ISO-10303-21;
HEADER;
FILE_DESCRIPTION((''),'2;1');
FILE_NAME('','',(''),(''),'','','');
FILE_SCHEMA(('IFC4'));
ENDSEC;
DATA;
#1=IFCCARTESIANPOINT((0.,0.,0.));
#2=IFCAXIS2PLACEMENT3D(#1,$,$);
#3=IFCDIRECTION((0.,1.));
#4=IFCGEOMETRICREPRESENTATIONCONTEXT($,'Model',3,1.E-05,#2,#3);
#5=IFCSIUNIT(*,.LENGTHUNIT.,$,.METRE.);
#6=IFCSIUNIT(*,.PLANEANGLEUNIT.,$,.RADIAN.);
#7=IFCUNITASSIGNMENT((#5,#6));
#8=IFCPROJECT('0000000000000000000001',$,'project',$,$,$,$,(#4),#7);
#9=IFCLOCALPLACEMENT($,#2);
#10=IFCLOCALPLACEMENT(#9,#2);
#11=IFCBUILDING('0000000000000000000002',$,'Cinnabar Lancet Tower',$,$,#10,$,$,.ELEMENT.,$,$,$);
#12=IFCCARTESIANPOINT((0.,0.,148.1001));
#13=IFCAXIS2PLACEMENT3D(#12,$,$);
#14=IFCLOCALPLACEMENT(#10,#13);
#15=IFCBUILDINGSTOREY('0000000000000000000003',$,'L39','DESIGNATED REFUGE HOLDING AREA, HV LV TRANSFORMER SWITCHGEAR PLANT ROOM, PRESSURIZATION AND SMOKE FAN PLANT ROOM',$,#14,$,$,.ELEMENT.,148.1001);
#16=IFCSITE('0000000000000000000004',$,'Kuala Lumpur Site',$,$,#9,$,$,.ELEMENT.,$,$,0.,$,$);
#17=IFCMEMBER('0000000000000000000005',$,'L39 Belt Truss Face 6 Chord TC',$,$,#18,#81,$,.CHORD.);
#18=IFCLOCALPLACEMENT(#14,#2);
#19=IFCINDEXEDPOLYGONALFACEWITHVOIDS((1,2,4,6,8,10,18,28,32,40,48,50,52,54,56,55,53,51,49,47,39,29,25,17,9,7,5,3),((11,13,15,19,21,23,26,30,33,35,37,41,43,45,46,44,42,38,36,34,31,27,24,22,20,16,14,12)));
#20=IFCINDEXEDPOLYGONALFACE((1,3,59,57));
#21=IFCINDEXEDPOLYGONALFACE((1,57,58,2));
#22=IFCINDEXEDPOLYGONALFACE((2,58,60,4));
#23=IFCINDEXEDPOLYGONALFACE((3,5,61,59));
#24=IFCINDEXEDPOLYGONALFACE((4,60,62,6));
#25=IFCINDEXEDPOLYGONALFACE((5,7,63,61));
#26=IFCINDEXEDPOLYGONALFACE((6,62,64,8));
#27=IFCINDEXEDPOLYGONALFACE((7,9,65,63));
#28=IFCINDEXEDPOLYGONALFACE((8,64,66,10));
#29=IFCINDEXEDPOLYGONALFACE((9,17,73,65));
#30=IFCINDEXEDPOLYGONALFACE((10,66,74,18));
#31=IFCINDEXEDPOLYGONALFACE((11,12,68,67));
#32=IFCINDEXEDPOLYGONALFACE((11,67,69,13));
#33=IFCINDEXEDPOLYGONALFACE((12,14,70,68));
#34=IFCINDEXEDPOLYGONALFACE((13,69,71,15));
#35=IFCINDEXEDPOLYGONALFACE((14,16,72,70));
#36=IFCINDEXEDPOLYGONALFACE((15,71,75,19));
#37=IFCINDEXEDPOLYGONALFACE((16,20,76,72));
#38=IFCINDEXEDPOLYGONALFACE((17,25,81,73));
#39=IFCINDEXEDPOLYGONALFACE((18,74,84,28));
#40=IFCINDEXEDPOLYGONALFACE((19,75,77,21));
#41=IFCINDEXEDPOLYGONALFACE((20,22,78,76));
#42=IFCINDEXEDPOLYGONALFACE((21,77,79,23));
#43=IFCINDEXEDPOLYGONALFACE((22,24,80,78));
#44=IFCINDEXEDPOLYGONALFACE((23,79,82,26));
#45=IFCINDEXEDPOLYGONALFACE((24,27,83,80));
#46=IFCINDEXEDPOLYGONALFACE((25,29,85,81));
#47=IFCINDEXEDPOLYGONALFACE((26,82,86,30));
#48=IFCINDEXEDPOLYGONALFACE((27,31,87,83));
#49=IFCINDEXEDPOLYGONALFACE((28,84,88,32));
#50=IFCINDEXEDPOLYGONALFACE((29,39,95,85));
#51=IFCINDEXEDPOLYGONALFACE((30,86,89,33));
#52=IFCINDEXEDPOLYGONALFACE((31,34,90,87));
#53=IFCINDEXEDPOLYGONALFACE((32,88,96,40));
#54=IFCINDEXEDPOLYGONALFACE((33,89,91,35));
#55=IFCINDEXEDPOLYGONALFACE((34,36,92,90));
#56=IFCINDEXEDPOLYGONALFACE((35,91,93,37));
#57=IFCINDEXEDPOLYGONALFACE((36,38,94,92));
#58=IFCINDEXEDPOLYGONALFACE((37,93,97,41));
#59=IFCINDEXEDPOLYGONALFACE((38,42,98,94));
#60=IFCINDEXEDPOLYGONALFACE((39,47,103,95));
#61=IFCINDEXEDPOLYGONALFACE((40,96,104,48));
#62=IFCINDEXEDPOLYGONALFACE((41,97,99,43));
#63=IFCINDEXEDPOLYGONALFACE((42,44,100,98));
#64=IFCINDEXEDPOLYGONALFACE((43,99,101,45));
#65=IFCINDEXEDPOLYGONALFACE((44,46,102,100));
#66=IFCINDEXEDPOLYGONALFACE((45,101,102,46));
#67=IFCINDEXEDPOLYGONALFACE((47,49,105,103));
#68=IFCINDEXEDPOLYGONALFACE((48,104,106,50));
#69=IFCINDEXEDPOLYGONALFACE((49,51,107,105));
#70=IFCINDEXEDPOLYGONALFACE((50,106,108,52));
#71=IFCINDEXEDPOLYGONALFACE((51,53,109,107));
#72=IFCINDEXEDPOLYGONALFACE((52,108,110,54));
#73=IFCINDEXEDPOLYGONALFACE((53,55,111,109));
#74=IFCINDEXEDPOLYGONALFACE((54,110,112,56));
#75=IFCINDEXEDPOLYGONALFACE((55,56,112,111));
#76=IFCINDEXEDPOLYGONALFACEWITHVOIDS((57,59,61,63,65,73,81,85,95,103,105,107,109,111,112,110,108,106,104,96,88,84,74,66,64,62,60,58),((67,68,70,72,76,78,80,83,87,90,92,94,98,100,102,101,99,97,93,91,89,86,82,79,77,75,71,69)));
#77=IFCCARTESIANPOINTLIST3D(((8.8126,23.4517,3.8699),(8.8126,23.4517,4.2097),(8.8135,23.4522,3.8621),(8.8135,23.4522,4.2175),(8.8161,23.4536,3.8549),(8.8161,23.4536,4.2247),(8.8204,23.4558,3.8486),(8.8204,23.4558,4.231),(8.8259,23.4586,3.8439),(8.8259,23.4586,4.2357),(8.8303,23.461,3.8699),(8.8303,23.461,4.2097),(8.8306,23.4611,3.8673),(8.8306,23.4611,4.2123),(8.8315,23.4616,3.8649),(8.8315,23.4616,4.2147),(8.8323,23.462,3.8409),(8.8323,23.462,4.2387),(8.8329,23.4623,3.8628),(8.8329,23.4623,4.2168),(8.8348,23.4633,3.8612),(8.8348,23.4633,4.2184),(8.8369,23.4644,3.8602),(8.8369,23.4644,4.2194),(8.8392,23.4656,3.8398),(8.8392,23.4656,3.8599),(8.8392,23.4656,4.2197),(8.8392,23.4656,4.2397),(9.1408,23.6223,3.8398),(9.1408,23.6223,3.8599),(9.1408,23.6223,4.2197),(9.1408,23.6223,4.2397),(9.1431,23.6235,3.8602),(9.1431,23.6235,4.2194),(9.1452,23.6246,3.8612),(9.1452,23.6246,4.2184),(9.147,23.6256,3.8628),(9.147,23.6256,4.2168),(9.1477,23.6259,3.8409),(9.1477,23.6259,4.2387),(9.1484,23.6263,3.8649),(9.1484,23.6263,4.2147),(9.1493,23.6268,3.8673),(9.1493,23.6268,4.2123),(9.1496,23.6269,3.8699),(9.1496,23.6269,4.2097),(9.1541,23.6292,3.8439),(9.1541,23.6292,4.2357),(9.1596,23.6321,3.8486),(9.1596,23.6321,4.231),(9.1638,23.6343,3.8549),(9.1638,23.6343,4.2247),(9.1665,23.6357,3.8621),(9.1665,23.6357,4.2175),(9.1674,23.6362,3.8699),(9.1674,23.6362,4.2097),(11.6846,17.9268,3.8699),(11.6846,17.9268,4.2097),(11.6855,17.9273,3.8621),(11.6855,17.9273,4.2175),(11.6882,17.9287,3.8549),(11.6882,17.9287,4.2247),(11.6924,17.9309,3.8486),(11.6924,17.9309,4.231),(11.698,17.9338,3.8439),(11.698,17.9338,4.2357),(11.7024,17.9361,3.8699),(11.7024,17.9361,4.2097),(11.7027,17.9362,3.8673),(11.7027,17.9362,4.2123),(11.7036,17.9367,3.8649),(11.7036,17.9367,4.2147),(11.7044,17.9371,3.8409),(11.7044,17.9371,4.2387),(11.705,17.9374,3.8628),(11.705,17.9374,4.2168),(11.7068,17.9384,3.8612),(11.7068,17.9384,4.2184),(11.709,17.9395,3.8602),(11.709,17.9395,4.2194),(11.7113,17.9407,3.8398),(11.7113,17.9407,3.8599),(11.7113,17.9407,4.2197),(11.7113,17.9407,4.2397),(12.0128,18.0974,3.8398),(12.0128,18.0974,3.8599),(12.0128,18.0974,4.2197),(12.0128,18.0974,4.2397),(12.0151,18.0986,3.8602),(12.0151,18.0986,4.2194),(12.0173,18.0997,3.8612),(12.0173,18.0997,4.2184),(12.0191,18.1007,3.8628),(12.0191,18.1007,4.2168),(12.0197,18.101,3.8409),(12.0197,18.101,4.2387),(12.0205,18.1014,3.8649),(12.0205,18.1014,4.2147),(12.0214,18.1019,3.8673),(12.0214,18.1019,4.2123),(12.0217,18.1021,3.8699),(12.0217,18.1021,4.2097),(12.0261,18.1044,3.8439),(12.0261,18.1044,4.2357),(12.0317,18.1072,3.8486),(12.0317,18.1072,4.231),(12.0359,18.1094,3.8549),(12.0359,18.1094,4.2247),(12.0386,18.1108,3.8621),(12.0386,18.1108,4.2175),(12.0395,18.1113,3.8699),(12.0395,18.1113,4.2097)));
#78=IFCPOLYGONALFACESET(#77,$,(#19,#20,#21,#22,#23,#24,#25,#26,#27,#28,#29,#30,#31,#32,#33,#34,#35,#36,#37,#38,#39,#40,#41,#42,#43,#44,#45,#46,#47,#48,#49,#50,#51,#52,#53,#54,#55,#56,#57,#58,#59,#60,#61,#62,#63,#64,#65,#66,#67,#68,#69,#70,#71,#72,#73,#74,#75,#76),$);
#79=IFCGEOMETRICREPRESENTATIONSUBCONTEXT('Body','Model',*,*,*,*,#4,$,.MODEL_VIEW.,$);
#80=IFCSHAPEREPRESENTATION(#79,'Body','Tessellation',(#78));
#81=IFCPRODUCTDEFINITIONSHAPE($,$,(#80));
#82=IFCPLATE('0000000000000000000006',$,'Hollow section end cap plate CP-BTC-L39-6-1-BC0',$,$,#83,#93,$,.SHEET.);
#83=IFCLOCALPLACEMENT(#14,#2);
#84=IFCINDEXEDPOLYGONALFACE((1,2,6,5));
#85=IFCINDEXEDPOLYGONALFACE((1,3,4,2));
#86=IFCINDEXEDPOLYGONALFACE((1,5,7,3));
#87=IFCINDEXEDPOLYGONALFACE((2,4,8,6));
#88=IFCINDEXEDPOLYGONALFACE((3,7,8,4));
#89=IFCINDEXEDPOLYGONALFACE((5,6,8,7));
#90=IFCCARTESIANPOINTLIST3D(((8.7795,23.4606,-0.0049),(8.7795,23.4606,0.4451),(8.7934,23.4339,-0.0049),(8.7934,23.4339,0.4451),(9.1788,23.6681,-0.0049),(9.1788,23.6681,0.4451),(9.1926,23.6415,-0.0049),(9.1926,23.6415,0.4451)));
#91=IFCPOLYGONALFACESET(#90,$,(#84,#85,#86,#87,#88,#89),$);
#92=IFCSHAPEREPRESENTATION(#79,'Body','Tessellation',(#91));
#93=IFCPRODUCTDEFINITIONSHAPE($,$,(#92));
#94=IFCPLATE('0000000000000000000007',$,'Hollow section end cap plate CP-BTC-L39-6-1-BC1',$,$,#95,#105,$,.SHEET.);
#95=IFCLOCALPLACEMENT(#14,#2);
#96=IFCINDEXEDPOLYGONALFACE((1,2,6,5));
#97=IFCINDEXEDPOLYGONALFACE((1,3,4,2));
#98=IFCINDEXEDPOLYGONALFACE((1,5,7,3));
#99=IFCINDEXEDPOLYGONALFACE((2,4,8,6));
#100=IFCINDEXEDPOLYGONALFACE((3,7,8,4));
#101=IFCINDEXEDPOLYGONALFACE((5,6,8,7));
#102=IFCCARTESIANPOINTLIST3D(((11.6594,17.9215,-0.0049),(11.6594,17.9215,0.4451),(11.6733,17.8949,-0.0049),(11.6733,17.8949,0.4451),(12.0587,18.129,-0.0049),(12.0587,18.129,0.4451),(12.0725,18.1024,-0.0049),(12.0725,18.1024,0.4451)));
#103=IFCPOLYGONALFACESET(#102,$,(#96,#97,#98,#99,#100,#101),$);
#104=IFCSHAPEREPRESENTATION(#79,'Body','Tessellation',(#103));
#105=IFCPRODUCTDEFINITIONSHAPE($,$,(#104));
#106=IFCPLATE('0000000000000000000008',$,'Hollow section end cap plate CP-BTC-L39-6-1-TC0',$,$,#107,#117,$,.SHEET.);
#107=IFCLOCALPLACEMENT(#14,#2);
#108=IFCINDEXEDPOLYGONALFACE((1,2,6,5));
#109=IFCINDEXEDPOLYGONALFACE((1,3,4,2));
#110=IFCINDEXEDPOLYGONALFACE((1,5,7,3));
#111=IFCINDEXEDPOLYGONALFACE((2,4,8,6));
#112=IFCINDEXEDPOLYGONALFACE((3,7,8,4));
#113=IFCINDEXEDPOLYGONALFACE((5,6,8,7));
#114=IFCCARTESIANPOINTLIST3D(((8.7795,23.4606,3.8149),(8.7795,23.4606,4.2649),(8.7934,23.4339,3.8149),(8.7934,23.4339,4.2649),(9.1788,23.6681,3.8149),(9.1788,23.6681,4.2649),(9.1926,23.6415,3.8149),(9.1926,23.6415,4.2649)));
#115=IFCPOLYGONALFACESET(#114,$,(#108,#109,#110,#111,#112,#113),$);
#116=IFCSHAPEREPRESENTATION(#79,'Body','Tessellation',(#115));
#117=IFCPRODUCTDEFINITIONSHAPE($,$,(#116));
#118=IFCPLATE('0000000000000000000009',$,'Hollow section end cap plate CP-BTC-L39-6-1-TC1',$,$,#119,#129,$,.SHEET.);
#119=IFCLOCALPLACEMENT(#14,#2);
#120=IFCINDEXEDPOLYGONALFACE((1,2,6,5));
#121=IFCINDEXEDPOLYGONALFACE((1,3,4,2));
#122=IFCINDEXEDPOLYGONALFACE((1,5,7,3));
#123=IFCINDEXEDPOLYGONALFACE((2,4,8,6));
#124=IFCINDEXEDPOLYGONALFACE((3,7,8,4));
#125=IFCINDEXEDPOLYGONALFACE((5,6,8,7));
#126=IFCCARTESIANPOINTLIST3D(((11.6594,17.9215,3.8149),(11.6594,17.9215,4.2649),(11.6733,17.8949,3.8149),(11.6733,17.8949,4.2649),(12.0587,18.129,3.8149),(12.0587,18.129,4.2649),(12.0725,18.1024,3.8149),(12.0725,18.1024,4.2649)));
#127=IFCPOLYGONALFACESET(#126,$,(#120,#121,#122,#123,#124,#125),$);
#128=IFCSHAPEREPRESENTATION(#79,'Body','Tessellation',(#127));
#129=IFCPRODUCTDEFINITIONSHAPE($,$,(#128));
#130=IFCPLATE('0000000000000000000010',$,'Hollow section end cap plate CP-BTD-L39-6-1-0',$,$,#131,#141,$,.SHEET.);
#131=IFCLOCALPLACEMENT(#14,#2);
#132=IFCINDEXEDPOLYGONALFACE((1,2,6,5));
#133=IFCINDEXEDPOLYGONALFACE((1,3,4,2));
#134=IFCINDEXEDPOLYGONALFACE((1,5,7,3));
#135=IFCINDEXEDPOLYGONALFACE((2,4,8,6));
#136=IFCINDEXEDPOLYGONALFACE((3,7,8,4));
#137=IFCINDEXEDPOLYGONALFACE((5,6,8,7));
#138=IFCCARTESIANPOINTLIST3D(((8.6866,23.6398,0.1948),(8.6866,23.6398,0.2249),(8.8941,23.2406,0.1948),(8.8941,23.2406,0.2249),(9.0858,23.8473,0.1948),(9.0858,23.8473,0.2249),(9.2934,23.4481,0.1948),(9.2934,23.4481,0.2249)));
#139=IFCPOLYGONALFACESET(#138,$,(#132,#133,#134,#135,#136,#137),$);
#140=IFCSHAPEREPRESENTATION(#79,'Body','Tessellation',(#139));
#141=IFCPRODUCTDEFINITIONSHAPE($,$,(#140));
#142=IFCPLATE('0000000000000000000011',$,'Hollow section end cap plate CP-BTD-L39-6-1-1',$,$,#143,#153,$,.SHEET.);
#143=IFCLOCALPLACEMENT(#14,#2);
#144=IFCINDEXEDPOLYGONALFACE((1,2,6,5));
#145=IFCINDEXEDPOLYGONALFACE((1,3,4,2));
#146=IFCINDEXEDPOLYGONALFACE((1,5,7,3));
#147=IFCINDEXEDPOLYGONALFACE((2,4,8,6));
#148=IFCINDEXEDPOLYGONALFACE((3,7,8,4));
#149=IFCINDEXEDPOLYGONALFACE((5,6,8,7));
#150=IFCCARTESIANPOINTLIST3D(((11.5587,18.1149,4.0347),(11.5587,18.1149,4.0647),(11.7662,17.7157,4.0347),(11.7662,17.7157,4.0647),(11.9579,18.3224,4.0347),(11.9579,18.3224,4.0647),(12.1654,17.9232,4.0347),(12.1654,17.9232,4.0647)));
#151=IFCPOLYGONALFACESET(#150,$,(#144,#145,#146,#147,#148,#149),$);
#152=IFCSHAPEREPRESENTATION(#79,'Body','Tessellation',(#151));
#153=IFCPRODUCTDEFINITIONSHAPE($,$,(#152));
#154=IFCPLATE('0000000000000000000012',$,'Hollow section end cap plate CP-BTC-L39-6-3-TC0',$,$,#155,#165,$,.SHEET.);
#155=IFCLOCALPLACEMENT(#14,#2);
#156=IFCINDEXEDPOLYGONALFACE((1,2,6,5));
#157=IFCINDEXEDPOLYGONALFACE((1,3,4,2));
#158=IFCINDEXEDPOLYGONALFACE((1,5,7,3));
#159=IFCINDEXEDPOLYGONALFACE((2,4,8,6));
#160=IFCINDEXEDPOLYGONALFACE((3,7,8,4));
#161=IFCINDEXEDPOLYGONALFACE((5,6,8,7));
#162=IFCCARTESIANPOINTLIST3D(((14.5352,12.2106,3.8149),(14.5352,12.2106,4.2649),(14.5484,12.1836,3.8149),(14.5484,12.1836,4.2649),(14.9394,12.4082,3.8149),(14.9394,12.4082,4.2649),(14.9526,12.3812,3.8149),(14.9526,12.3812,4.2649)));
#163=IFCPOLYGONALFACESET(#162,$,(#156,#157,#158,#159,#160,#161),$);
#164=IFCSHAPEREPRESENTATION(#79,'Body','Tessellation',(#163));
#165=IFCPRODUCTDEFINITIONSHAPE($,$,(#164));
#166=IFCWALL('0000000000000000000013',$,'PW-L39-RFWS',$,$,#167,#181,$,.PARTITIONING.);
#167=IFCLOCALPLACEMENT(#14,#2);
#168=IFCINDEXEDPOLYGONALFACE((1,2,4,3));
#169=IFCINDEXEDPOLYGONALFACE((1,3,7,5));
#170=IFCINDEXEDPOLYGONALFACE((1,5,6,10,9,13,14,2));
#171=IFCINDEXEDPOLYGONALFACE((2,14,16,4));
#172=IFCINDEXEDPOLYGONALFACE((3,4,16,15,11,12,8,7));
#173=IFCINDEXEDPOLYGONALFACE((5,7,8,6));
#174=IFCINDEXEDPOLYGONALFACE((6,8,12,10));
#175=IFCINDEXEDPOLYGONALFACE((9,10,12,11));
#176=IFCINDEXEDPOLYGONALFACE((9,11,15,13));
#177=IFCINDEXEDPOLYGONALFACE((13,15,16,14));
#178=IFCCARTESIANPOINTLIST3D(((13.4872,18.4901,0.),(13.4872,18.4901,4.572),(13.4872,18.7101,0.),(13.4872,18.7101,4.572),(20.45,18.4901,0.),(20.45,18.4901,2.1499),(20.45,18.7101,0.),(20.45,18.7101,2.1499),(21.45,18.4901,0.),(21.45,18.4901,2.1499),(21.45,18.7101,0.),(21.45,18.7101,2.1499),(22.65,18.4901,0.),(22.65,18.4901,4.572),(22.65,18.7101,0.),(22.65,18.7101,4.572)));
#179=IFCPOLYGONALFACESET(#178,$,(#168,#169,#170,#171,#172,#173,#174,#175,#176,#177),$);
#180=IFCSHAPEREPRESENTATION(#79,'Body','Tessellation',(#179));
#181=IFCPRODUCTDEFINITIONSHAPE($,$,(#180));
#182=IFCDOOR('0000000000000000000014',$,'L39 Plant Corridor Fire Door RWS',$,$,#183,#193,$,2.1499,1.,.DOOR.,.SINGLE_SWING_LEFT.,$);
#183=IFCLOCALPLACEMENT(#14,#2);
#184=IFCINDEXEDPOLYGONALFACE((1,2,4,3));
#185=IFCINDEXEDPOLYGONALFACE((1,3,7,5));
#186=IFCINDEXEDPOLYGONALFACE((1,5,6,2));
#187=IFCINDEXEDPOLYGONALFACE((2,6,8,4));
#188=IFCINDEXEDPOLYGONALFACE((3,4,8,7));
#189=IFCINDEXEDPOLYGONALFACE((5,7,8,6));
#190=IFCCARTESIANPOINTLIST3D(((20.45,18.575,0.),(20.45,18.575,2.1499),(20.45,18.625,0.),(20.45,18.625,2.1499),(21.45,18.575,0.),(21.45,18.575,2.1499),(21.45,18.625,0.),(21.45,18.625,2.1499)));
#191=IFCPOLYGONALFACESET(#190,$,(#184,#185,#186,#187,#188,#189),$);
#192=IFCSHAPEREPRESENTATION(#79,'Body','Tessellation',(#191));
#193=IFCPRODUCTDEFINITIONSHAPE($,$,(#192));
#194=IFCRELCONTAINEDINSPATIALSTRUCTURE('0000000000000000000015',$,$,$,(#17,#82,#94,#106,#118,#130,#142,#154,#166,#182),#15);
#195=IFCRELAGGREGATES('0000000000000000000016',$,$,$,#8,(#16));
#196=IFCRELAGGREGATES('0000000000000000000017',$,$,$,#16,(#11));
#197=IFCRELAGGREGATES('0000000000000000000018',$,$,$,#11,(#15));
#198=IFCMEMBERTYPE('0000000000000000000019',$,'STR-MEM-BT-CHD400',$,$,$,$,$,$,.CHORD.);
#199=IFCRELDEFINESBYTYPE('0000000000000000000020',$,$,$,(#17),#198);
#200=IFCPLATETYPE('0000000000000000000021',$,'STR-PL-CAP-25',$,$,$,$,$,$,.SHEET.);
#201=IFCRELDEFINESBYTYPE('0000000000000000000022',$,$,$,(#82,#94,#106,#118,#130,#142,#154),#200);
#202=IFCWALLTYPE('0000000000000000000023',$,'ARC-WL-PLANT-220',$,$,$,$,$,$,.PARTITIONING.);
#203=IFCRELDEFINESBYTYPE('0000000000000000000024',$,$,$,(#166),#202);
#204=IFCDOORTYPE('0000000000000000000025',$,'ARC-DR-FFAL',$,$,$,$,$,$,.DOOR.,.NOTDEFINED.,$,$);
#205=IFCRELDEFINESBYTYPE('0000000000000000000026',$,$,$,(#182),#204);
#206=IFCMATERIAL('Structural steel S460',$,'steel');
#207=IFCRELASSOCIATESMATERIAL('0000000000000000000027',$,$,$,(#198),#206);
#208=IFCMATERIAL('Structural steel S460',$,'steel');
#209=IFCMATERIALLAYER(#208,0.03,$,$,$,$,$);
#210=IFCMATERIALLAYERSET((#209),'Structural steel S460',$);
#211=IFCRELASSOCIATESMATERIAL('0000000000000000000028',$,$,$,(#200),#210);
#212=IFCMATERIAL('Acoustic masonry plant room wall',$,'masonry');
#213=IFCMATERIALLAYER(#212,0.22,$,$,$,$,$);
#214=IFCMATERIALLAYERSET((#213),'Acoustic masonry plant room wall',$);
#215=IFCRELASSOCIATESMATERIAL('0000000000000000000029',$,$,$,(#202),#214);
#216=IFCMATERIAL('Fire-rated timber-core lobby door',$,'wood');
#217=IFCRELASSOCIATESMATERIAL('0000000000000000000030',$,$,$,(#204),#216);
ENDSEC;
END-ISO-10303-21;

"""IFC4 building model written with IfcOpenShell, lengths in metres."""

from ifc_helpers import new_model, si_unit, direction, frame, frame_2d, origin, origin_2d, place, context, subcontext, project, spatial, rectangle, hollow_rectangle, extrude, material, layer, layer_set, material_profile, profile_set, type_object, element, fill, save


model = new_model("IFC4")

# Units and contexts
model_context = context("Model", 3, precision=1e-05, world=origin(), true_north=direction((0.0, 1.0)))
body_context = subcontext(model_context, "Body", "Model", "MODEL_VIEW")
ifc_project = project(units=[si_unit("LENGTHUNIT", "METRE"), si_unit("PLANEANGLEUNIT", "RADIAN")], contexts=[model_context])

# Site, building, storey
site_placement = place(None, origin())
site = spatial("IfcSite", under=ifc_project, at=site_placement, Name="Kuala Lumpur Site", CompositionType="ELEMENT", RefElevation=0.0)
building_placement = place(site_placement, origin())
building = spatial("IfcBuilding", under=site, at=building_placement, Name="Cinnabar Lancet Tower", CompositionType="ELEMENT")
storey_placement = place(building_placement, frame((0.0, 0.0, 148.1001)))
storey = spatial("IfcBuildingStorey", under=building, at=storey_placement, Name="L39", Description="DESIGNATED REFUGE HOLDING AREA, HV LV TRANSFORMER SWITCHGEAR PLANT ROOM, PRESSURIZATION AND SMOKE FAN PLANT ROOM", CompositionType="ELEMENT", Elevation=148.1001)

# Member
ifc_material_1 = material(Name="Structural steel S460", Category="steel")
ifc_material_profile_1 = material_profile(ifc_material_1, hollow_rectangle(XDim=0.3999, YDim=0.3999, WallThickness=0.02, InnerFilletRadius=0.01, OuterFilletRadius=0.03, at=origin_2d()), Name="SHS 400x400x20")
ifc_profile_set_1 = profile_set([ifc_material_profile_1], Name="Structural steel S460")
member_type_1 = type_object("IfcMemberType", Name="STR-MEM-BT-CHD400", PredefinedType="CHORD", material=ifc_profile_set_1)
for number, where, z_axis, x_axis, name in (
    (1, (8.99, 23.5439, 4.0398), (0.461242, -0.887275, 0.0), (0.887275, 0.461242, 0.0), "L39 Belt Truss Face 6 Chord TC"),
):
    element("IfcMember", number, at=place(storey_placement, frame(where, z_axis=z_axis, x_axis=x_axis)), inside=storey, type_object=member_type_1, Name=name, PredefinedType="CHORD", context=body_context, shape_type="SweptSolid", body=[
        extrude(hollow_rectangle(XDim=0.3999, YDim=0.3999, WallThickness=0.02, InnerFilletRadius=0.01, OuterFilletRadius=0.03, at=origin_2d()), origin(), (0.0, 0.0, 1.0), 6.2268),
    ])

# Plates
ifc_material_2 = material(Name="Structural steel S460", Category="steel")
ifc_layer_1 = layer(ifc_material_2, 0.03)
ifc_layer_set_1 = layer_set([ifc_layer_1], Name="Structural steel S460")
plate_type = type_object("IfcPlateType", Name="STR-PL-CAP-25", PredefinedType="SHEET", material=ifc_layer_set_1)
for number, where, z_axis, x_axis, name in (
    (2, (8.9861, 23.551, -0.0049), (0.0, 0.0, 1.0), (-0.461222, 0.887285, 0.0), "Hollow section end cap plate CP-BTC-L39-6-1-BC0"),
    (3, (11.866, 18.012, -0.0049), (0.0, 0.0, 1.0), (0.461222, -0.887285, 0.0), "Hollow section end cap plate CP-BTC-L39-6-1-BC1"),
    (4, (8.9861, 23.551, 3.8149), (0.0, 0.0, 1.0), (-0.461222, 0.887285, 0.0), "Hollow section end cap plate CP-BTC-L39-6-1-TC0"),
    (5, (11.866, 18.012, 3.8149), (0.0, 0.0, 1.0), (0.461222, -0.887285, 0.0), "Hollow section end cap plate CP-BTC-L39-6-1-TC1"),
):
    element("IfcPlate", number, at=place(storey_placement, frame(where, z_axis=z_axis, x_axis=x_axis)), inside=storey, type_object=plate_type, Name=name, PredefinedType="SHEET", context=body_context, shape_type="SweptSolid", body=[
        extrude(rectangle(XDim=0.03, YDim=0.45, at=origin_2d()), origin(), (0.0, 0.0, 1.0), 0.45),
    ])
for number, where, z_axis, x_axis, name in (
    (6, (8.99, 23.5439, 0.1948), (0.0, 0.0, 1.0), (-0.461222, 0.887285, 0.0), "Hollow section end cap plate CP-BTD-L39-6-1-0"),
    (7, (11.8621, 18.019, 4.0347), (0.0, 0.0, 1.0), (0.461222, -0.887285, 0.0), "Hollow section end cap plate CP-BTD-L39-6-1-1"),
):
    element("IfcPlate", number, at=place(storey_placement, frame(where, z_axis=z_axis, x_axis=x_axis)), inside=storey, type_object=plate_type, Name=name, PredefinedType="SHEET", context=body_context, shape_type="SweptSolid", body=[
        extrude(rectangle(XDim=0.45, YDim=0.45, at=origin_2d()), origin(), (0.0, 0.0, 1.0), 0.03),
    ])
plate_placement = place(storey_placement, frame((14.7439, 12.2959, 3.8149), z_axis=(0.0, 0.0, 1.0), x_axis=(-0.439061, 0.898457, 0.0)))
element("IfcPlate", 8, at=plate_placement, inside=storey, type_object=plate_type, Name="Hollow section end cap plate CP-BTC-L39-6-3-TC0", PredefinedType="SHEET", context=body_context, shape_type="SweptSolid", body=[
    extrude(rectangle(XDim=0.03, YDim=0.45, at=origin_2d()), origin(), (0.0, 0.0, 1.0), 0.45),
])

# Wall, opening, door
ifc_material_3 = material(Name="Acoustic masonry plant room wall", Category="masonry")
ifc_layer_2 = layer(ifc_material_3, 0.22)
ifc_layer_set_2 = layer_set([ifc_layer_2], Name="Acoustic masonry plant room wall")
wall_type_1 = type_object("IfcWallType", Name="ARC-WL-PLANT-220", PredefinedType="PARTITIONING", material=ifc_layer_set_2)
wall_1_placement = place(storey_placement, frame((13.4871, 18.6001, 0.0), z_axis=(0.0, 0.0, 1.0), x_axis=(1.0, 0.0, 0.0)))
wall_1 = element("IfcWall", 9, at=wall_1_placement, inside=storey, type_object=wall_type_1, Name="PW-L39-RFWS", PredefinedType="PARTITIONING", context=body_context, shape_type="SweptSolid", body=[
    extrude(rectangle(XDim=9.1628, YDim=0.22, at=frame_2d((4.5815, 0.0))), origin(), (0.0, 0.0, 1.0), 4.572),
])
opening_1_placement = place(wall_1_placement, frame((6.9629, 0.0, 0.0)))
opening_1 = element("IfcOpeningElement", 10, at=opening_1_placement, cuts=wall_1, PredefinedType="OPENING", context=body_context, shape_type="SweptSolid", body=[
    extrude(rectangle(XDim=1.0, YDim=2.1499, at=frame_2d((0.5, 1.075))), frame((0.0, 0.1199, 0.0), z_axis=(0.0, -1.0, 0.0), x_axis=(1.0, 0.0, 0.0)), (0.0, 0.0, 1.0), 0.24),
])
ifc_material_4 = material(Name="Fire-rated timber-core lobby door", Category="wood")
door_type_1 = type_object("IfcDoorType", Name="ARC-DR-FFAL", OperationType="NOTDEFINED", PredefinedType="DOOR", material=ifc_material_4)
door_1_placement = place(opening_1_placement, origin())
door_1 = element("IfcDoor", 11, at=door_1_placement, inside=storey, type_object=door_type_1, Name="L39 Plant Corridor Fire Door RWS", OperationType="SINGLE_SWING_LEFT", OverallHeight=2.1499, OverallWidth=1.0, PredefinedType="DOOR", context=body_context, shape_type="SweptSolid", body=[
    extrude(rectangle(XDim=1.0, YDim=2.1499, at=frame_2d((0.5, 1.075))), frame((0.0, 0.0249, 0.0), z_axis=(0.0, -1.0, 0.0), x_axis=(1.0, 0.0, 0.0)), (0.0, 0.0, 1.0), 0.05),
])
fill(opening_1, door_1)

save(model, "model.ifc")
